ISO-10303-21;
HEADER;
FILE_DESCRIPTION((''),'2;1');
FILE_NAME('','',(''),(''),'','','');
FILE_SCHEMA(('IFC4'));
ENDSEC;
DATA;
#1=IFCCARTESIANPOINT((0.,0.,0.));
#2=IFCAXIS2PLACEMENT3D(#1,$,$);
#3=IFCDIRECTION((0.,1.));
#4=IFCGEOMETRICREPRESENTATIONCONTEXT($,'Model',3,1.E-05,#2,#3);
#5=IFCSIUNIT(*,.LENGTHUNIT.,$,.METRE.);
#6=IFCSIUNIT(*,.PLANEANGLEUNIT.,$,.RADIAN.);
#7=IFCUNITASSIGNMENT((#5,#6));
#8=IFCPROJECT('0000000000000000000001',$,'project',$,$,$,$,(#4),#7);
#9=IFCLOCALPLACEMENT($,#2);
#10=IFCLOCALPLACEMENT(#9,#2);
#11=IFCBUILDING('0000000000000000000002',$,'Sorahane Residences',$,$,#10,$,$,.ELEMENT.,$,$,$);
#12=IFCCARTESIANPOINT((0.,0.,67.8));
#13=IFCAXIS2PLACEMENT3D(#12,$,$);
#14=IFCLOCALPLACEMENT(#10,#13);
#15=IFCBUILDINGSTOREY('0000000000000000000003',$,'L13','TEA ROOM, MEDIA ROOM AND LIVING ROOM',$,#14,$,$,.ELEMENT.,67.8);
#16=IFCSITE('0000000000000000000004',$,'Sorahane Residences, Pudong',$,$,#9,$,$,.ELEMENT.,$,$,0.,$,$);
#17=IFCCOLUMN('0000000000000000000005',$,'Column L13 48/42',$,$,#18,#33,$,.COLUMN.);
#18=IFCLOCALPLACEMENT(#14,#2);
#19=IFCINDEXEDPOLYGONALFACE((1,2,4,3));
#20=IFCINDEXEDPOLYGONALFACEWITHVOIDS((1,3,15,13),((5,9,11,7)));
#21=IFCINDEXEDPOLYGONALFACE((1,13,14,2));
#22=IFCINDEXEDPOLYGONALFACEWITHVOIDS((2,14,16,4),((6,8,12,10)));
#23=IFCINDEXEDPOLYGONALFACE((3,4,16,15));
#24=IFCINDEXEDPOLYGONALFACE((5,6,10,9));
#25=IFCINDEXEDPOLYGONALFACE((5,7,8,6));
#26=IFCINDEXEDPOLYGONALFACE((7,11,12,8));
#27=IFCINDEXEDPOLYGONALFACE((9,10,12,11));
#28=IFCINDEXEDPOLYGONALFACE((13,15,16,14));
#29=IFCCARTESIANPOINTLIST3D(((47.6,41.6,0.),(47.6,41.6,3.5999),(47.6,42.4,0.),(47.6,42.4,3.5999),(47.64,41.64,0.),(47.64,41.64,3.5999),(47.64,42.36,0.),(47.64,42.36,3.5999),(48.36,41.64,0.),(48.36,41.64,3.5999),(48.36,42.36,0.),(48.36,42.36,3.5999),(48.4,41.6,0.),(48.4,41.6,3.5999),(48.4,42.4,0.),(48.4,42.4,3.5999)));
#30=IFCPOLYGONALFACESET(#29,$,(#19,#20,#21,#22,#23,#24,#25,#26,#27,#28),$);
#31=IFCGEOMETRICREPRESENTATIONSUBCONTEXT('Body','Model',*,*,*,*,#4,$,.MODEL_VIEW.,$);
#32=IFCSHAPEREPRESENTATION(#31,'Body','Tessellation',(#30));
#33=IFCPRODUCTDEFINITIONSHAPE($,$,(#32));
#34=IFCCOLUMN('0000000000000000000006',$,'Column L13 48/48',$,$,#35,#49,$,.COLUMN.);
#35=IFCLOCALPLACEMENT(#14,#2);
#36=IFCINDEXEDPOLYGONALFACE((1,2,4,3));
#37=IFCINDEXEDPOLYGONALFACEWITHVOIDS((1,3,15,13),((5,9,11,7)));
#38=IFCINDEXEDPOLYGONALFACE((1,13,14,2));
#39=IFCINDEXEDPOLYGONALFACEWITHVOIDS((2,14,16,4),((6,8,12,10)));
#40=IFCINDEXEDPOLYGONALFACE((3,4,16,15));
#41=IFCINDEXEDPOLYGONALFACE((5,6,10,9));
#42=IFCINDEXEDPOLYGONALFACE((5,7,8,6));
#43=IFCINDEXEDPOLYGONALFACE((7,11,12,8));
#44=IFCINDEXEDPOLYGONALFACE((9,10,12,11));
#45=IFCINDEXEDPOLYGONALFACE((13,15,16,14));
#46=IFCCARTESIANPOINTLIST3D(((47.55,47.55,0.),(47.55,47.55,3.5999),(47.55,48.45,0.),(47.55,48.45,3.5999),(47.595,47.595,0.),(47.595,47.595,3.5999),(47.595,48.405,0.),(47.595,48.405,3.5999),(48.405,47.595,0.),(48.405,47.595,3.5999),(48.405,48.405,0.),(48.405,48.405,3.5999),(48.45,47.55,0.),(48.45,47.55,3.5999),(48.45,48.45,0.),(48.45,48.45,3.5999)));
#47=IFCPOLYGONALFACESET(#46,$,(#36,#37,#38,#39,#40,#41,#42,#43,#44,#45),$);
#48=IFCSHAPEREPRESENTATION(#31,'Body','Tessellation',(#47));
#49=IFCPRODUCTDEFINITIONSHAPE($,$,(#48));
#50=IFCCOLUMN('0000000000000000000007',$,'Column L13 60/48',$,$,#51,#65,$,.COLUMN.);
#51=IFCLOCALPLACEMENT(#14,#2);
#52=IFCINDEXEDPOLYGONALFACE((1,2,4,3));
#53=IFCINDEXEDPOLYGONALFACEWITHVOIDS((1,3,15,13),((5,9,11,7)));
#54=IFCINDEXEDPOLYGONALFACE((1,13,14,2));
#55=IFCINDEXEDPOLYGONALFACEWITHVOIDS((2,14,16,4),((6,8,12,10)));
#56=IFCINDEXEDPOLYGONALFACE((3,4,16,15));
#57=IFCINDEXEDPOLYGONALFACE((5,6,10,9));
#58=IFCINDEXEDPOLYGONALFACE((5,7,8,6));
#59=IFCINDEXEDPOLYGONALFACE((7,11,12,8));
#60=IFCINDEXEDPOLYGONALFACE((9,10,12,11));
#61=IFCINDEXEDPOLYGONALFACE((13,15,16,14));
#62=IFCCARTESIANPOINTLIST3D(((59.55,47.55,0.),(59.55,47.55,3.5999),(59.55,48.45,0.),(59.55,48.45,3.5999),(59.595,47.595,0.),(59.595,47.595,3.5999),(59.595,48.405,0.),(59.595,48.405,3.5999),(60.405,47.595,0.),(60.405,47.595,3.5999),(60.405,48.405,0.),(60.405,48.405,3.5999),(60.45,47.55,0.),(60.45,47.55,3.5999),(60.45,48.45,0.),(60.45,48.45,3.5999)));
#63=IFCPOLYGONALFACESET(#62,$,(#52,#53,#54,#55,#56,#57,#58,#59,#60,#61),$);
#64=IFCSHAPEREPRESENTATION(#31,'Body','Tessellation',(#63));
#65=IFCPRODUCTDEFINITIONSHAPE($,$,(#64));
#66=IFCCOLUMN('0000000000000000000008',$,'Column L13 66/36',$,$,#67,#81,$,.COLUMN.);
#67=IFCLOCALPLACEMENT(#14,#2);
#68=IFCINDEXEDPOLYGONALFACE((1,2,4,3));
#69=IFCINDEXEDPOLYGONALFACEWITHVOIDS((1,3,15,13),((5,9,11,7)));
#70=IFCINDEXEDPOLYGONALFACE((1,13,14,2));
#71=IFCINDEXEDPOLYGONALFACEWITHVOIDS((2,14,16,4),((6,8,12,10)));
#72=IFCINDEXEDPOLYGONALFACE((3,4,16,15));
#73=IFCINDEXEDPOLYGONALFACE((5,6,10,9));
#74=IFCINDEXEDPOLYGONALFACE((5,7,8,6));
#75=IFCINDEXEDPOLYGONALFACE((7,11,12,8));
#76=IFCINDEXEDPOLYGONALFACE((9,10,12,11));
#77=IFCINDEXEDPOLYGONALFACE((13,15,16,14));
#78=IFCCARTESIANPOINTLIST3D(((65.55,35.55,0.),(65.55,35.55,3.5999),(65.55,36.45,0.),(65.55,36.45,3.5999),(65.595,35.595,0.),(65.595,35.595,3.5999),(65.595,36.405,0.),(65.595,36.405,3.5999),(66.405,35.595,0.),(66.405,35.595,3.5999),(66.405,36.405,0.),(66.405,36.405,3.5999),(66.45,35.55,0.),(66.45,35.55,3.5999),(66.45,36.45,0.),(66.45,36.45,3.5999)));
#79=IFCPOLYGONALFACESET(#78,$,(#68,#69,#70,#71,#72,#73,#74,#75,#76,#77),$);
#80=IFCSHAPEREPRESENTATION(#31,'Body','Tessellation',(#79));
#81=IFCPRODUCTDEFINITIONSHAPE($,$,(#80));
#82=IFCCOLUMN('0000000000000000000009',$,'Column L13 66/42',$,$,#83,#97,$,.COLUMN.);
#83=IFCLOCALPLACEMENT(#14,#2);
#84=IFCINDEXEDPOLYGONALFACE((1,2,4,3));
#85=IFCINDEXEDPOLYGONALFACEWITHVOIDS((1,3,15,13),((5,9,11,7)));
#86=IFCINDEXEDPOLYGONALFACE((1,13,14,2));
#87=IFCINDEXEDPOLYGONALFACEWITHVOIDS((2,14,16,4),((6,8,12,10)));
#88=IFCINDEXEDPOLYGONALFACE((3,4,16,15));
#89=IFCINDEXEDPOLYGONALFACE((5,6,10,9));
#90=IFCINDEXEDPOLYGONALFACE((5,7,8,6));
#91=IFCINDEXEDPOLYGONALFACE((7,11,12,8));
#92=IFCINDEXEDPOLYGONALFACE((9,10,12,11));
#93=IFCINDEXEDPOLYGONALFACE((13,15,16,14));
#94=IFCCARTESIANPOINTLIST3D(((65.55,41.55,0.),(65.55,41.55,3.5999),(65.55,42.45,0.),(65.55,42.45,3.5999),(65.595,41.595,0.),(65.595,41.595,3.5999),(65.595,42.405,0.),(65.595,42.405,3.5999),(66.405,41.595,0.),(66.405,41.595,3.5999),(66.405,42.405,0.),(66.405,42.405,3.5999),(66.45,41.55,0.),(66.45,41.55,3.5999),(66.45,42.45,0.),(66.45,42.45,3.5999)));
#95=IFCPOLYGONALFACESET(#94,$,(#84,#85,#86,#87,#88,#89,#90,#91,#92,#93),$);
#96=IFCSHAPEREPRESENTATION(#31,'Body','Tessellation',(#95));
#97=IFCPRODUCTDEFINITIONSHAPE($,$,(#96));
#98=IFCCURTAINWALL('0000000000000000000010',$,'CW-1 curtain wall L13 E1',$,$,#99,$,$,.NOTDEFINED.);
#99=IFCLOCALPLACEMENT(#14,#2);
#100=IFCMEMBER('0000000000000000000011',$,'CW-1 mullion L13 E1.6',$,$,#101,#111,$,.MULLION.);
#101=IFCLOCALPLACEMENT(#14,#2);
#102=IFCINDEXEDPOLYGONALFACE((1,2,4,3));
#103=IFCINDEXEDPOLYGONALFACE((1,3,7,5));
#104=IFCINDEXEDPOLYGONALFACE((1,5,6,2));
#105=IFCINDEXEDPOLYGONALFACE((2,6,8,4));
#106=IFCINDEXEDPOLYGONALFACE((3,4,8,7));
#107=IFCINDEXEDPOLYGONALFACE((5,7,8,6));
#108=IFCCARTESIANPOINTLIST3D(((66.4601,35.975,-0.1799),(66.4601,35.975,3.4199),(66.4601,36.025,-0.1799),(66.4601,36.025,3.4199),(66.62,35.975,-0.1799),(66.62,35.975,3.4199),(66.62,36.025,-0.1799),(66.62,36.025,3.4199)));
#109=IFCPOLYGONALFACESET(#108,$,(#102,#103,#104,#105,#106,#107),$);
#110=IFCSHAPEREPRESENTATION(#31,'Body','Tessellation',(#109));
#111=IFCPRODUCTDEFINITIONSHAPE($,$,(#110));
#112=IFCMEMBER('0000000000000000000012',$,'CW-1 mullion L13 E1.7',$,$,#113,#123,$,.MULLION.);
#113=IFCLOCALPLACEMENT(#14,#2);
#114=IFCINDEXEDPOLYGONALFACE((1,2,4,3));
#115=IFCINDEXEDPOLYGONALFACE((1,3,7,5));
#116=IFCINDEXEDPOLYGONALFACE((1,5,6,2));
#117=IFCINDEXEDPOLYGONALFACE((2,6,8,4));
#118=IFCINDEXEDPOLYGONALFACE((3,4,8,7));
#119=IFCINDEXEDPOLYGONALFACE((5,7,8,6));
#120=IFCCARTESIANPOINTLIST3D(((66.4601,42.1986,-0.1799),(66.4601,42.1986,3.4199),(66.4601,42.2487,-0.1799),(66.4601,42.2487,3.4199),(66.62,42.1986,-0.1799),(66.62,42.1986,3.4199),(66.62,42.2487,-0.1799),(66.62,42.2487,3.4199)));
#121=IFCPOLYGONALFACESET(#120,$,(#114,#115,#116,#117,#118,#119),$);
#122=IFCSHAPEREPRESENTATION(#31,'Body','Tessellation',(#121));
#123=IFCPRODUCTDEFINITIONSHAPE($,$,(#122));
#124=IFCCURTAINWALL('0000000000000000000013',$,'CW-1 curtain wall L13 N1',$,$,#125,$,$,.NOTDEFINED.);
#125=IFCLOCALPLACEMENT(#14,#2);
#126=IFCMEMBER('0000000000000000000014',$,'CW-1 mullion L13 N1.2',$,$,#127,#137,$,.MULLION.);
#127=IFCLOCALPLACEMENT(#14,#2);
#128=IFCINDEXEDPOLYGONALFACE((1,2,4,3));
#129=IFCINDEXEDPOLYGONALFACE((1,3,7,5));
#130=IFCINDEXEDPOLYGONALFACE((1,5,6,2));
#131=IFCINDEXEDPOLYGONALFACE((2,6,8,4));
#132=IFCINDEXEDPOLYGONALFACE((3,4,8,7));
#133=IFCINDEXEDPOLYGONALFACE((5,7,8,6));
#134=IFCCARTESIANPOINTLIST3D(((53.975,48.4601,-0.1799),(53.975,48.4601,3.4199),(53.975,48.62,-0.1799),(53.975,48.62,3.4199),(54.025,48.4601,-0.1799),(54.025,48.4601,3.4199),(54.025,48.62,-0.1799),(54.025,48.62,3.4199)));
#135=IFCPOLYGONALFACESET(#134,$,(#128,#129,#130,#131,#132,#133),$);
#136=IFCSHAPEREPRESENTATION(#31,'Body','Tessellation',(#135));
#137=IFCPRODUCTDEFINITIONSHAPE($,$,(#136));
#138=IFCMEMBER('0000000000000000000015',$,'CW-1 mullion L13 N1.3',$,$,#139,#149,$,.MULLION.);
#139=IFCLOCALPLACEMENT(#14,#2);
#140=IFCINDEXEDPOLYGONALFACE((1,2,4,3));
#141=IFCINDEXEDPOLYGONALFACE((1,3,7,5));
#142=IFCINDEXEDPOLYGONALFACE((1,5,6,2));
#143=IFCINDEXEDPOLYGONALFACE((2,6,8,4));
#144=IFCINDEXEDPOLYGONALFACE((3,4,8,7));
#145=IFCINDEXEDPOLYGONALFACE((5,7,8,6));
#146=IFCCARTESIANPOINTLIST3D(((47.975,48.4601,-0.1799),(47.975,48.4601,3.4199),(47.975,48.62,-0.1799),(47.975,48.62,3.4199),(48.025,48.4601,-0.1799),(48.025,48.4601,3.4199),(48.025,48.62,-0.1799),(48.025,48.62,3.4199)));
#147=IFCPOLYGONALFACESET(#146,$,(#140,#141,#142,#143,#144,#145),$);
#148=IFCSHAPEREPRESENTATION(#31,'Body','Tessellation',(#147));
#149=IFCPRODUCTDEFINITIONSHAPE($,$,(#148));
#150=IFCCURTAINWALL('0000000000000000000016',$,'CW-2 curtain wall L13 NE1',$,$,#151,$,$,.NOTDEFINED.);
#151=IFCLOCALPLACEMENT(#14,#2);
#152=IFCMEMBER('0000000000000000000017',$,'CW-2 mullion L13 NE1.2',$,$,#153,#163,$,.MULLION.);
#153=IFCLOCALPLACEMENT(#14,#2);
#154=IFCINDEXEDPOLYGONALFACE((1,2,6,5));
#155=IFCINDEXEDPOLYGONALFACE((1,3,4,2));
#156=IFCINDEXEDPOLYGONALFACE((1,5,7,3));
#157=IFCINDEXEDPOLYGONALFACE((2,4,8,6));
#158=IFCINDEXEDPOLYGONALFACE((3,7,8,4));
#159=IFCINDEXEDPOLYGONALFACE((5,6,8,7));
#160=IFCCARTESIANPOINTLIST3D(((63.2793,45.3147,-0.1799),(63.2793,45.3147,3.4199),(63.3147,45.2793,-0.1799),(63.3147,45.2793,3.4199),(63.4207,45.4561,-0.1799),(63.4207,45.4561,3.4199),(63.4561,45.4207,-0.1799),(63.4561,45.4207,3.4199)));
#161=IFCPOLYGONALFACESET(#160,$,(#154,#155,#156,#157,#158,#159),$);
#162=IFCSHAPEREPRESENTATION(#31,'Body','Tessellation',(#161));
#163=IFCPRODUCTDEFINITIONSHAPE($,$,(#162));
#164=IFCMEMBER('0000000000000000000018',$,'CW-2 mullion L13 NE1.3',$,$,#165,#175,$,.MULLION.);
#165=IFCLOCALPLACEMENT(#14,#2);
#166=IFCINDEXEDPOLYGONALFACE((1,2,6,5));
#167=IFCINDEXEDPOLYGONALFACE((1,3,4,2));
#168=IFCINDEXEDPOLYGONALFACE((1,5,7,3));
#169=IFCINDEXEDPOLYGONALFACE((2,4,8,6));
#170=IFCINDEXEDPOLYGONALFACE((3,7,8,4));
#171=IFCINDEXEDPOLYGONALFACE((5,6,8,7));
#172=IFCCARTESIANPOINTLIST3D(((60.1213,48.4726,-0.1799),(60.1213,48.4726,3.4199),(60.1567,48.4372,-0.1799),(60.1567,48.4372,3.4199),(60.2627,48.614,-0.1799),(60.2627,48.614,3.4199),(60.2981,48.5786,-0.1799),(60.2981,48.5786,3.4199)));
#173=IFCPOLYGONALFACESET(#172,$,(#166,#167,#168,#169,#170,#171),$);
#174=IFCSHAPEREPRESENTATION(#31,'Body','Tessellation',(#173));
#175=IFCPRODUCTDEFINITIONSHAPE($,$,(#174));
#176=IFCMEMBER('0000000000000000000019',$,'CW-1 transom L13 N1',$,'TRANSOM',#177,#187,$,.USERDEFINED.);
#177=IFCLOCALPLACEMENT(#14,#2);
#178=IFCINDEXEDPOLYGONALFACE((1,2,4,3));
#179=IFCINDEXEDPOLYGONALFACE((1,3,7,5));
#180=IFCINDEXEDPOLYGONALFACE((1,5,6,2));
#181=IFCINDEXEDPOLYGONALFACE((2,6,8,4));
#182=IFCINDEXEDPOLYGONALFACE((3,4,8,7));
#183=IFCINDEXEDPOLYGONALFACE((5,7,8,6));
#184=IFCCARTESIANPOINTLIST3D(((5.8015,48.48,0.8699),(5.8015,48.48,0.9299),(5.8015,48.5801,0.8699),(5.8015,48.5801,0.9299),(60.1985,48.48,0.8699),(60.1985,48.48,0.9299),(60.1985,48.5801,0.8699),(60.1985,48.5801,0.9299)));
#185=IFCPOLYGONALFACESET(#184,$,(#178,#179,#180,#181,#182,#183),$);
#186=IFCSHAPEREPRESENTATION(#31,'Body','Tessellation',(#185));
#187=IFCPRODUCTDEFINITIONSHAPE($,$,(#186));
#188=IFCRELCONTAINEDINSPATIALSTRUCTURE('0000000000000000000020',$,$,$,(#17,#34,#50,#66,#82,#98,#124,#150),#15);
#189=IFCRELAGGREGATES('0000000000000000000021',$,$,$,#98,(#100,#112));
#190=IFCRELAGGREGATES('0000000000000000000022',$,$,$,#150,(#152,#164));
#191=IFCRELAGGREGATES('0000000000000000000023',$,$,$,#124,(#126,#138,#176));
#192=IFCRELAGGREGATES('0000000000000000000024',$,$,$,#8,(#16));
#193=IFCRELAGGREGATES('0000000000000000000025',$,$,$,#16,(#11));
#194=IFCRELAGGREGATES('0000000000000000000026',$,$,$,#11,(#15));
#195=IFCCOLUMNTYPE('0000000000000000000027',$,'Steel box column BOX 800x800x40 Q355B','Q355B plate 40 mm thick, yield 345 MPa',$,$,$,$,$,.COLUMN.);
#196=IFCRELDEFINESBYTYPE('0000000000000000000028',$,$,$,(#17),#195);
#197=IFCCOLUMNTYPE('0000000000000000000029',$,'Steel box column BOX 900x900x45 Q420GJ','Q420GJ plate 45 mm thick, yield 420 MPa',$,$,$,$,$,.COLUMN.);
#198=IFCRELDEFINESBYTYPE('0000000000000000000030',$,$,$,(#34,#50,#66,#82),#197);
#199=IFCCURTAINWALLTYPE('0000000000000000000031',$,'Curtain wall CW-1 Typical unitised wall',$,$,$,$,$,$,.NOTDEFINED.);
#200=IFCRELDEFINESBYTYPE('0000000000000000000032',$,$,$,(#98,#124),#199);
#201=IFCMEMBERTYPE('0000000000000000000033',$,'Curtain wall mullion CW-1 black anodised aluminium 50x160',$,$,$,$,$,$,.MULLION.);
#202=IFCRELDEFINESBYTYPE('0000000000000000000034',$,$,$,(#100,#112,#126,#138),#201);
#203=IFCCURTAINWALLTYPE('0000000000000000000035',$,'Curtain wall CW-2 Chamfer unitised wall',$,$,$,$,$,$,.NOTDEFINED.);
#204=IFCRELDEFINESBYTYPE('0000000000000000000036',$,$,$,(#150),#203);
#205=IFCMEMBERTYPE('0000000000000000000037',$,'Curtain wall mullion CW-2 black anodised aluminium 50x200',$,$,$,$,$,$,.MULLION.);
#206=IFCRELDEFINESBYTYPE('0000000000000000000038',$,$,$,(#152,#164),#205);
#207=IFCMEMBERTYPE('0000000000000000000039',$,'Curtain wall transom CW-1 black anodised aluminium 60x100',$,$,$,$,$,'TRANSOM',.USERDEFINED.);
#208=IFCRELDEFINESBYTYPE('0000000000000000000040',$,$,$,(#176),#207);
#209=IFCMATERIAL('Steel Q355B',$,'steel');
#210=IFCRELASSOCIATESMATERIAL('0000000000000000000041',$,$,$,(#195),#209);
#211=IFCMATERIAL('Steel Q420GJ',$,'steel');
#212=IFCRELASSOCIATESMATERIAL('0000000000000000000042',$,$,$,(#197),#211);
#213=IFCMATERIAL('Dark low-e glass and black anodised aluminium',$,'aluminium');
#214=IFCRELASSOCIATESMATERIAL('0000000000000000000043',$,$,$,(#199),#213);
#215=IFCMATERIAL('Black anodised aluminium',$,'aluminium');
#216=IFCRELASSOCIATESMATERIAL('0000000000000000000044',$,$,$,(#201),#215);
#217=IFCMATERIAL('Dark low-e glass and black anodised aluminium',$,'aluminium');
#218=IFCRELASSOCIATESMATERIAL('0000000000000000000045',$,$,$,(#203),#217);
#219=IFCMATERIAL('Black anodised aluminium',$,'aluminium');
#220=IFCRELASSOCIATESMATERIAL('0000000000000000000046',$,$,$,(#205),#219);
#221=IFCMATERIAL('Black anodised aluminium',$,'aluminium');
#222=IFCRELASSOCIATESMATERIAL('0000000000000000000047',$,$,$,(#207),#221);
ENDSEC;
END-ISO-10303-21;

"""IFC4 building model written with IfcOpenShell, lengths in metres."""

from ifc_helpers import new_model, si_unit, direction, frame, origin, origin_2d, place, context, subcontext, project, spatial, rectangle, hollow_rectangle, extrude, material, material_profile, profile_set, type_object, element, aggregate, save


model = new_model("IFC4")

# Units and contexts
model_context = context("Model", 3, precision=1e-05, world=origin(), true_north=direction((0.0, 1.0)))
body_context = subcontext(model_context, "Body", "Model", "MODEL_VIEW")
ifc_project = project(units=[si_unit("LENGTHUNIT", "METRE"), si_unit("PLANEANGLEUNIT", "RADIAN")], contexts=[model_context])

# Site, building, storey
site_placement = place(None, origin())
site = spatial("IfcSite", under=ifc_project, at=site_placement, Name="Sorahane Residences, Pudong", CompositionType="ELEMENT", RefElevation=0.0)
building_placement = place(site_placement, origin())
building = spatial("IfcBuilding", under=site, at=building_placement, Name="Sorahane Residences", CompositionType="ELEMENT")
storey_placement = place(building_placement, frame((0.0, 0.0, 67.8)))
storey = spatial("IfcBuildingStorey", under=building, at=storey_placement, Name="L13", Description="TEA ROOM, MEDIA ROOM AND LIVING ROOM", CompositionType="ELEMENT", Elevation=67.8)

# Columns
ifc_material_1 = material(Name="Steel Q355B", Category="steel")
ifc_material_profile_1 = material_profile(ifc_material_1, hollow_rectangle(XDim=0.8, YDim=0.8, WallThickness=0.04, at=origin_2d()), Name="BOX 800x800x40")
ifc_profile_set_1 = profile_set([ifc_material_profile_1], Name="Steel Q355B")
column_type_1 = type_object("IfcColumnType", Name="Steel box column BOX 800x800x40 Q355B", Description="Q355B plate 40 mm thick, yield 345 MPa", PredefinedType="COLUMN", material=ifc_profile_set_1)
column_placement = place(storey_placement, frame((48.0, 42.0, 0.0), z_axis=(0.0, 0.0, 1.0), x_axis=(1.0, 0.0, 0.0)))
element("IfcColumn", 1, at=column_placement, inside=storey, type_object=column_type_1, Name="Column L13 48/42", PredefinedType="COLUMN", context=body_context, shape_type="SweptSolid", body=[
    extrude(hollow_rectangle(XDim=0.8, YDim=0.8, WallThickness=0.04, at=origin_2d()), origin(), (0.0, 0.0, 1.0), 3.5999),
])
ifc_material_2 = material(Name="Steel Q420GJ", Category="steel")
ifc_material_profile_2 = material_profile(ifc_material_2, hollow_rectangle(XDim=0.8999, YDim=0.8999, WallThickness=0.0449, at=origin_2d()), Name="BOX 900x900x45")
ifc_profile_set_2 = profile_set([ifc_material_profile_2], Name="Steel Q420GJ")
column_type_2 = type_object("IfcColumnType", Name="Steel box column BOX 900x900x45 Q420GJ", Description="Q420GJ plate 45 mm thick, yield 420 MPa", PredefinedType="COLUMN", material=ifc_profile_set_2)
for number, where, z_axis, x_axis, name in (
    (2, (48.0, 48.0, 0.0), (0.0, 0.0, 1.0), (1.0, 0.0, 0.0), "Column L13 48/48"),
    (3, (60.0, 48.0, 0.0), (0.0, 0.0, 1.0), (1.0, 0.0, 0.0), "Column L13 60/48"),
    (4, (66.0, 36.0, 0.0), (0.0, 0.0, 1.0), (1.0, 0.0, 0.0), "Column L13 66/36"),
    (5, (66.0, 42.0, 0.0), (0.0, 0.0, 1.0), (1.0, 0.0, 0.0), "Column L13 66/42"),
):
    element("IfcColumn", number, at=place(storey_placement, frame(where, z_axis=z_axis, x_axis=x_axis)), inside=storey, type_object=column_type_2, Name=name, PredefinedType="COLUMN", context=body_context, shape_type="SweptSolid", body=[
        extrude(hollow_rectangle(XDim=0.8999, YDim=0.8999, WallThickness=0.0449, at=origin_2d()), origin(), (0.0, 0.0, 1.0), 3.5999),
    ])

# Curtain walls, members
ifc_material_3 = material(Name="Dark low-e glass and black anodised aluminium", Category="aluminium")
curtain_wall_type_1 = type_object("IfcCurtainWallType", Name="Curtain wall CW-1 Typical unitised wall", PredefinedType="NOTDEFINED", material=ifc_material_3)
curtain_wall_1_placement = place(storey_placement, origin())
curtain_wall_1 = element("IfcCurtainWall", 6, at=curtain_wall_1_placement, inside=storey, type_object=curtain_wall_type_1, Name="CW-1 curtain wall L13 E1", PredefinedType="NOTDEFINED")
ifc_material_4 = material(Name="Black anodised aluminium", Category="aluminium")
ifc_material_profile_3 = material_profile(ifc_material_4, rectangle(XDim=0.1599, YDim=0.05, at=origin_2d()), Name="Curtain wall mullion CW-1 black anodised aluminium 50x160")
ifc_profile_set_3 = profile_set([ifc_material_profile_3], Name="Black anodised aluminium")
member_type_1 = type_object("IfcMemberType", Name="Curtain wall mullion CW-1 black anodised aluminium 50x160", PredefinedType="MULLION", material=ifc_profile_set_3)
member_1_placement = place(storey_placement, frame((66.54, 36.0, -0.1799), z_axis=(0.0, 0.0, 1.0), x_axis=(1.0, 0.0, 0.0)))
member_1 = element("IfcMember", 7, at=member_1_placement, type_object=member_type_1, Name="CW-1 mullion L13 E1.6", PredefinedType="MULLION", context=body_context, shape_type="SweptSolid", body=[
    extrude(rectangle(XDim=0.1599, YDim=0.05, at=origin_2d()), origin(), (0.0, 0.0, 1.0), 3.5999),
])
member_2_placement = place(storey_placement, frame((66.54, 42.2236, -0.1799), z_axis=(0.0, 0.0, 1.0), x_axis=(1.0, 0.0, 0.0)))
member_2 = element("IfcMember", 8, at=member_2_placement, type_object=member_type_1, Name="CW-1 mullion L13 E1.7", PredefinedType="MULLION", context=body_context, shape_type="SweptSolid", body=[
    extrude(rectangle(XDim=0.1599, YDim=0.05, at=origin_2d()), origin(), (0.0, 0.0, 1.0), 3.5999),
])
curtain_wall_2_placement = place(storey_placement, origin())
curtain_wall_2 = element("IfcCurtainWall", 9, at=curtain_wall_2_placement, inside=storey, type_object=curtain_wall_type_1, Name="CW-1 curtain wall L13 N1", PredefinedType="NOTDEFINED")
member_3_placement = place(storey_placement, frame((54.0, 48.54, -0.1799), z_axis=(0.0, 0.0, 1.0), x_axis=(0.0, 1.0, 0.0)))
member_3 = element("IfcMember", 10, at=member_3_placement, type_object=member_type_1, Name="CW-1 mullion L13 N1.2", PredefinedType="MULLION", context=body_context, shape_type="SweptSolid", body=[
    extrude(rectangle(XDim=0.1599, YDim=0.05, at=origin_2d()), origin(), (0.0, 0.0, 1.0), 3.5999),
])
member_4_placement = place(storey_placement, frame((48.0, 48.54, -0.1799), z_axis=(0.0, 0.0, 1.0), x_axis=(0.0, 1.0, 0.0)))
member_4 = element("IfcMember", 11, at=member_4_placement, type_object=member_type_1, Name="CW-1 mullion L13 N1.3", PredefinedType="MULLION", context=body_context, shape_type="SweptSolid", body=[
    extrude(rectangle(XDim=0.1599, YDim=0.05, at=origin_2d()), origin(), (0.0, 0.0, 1.0), 3.5999),
])
ifc_material_5 = material(Name="Dark low-e glass and black anodised aluminium", Category="aluminium")
curtain_wall_type_2 = type_object("IfcCurtainWallType", Name="Curtain wall CW-2 Chamfer unitised wall", PredefinedType="NOTDEFINED", material=ifc_material_5)
curtain_wall_3_placement = place(storey_placement, origin())
curtain_wall_3 = element("IfcCurtainWall", 12, at=curtain_wall_3_placement, inside=storey, type_object=curtain_wall_type_2, Name="CW-2 curtain wall L13 NE1", PredefinedType="NOTDEFINED")
ifc_material_6 = material(Name="Black anodised aluminium", Category="aluminium")
ifc_material_profile_4 = material_profile(ifc_material_6, rectangle(XDim=0.2, YDim=0.05, at=origin_2d()), Name="Curtain wall mullion CW-2 black anodised aluminium 50x200")
ifc_profile_set_4 = profile_set([ifc_material_profile_4], Name="Black anodised aluminium")
member_type_2 = type_object("IfcMemberType", Name="Curtain wall mullion CW-2 black anodised aluminium 50x200", PredefinedType="MULLION", material=ifc_profile_set_4)
member_5_placement = place(storey_placement, frame((63.3677, 45.3677, -0.1799), z_axis=(0.0, 0.0, 1.0), x_axis=(0.707107, 0.707107, 0.0)))
member_5 = element("IfcMember", 13, at=member_5_placement, type_object=member_type_2, Name="CW-2 mullion L13 NE1.2", PredefinedType="MULLION", context=body_context, shape_type="SweptSolid", body=[
    extrude(rectangle(XDim=0.2, YDim=0.05, at=origin_2d()), origin(), (0.0, 0.0, 1.0), 3.5999),
])
member_6_placement = place(storey_placement, frame((60.2097, 48.5256, -0.1799), z_axis=(0.0, 0.0, 1.0), x_axis=(0.707107, 0.707107, 0.0)))
member_6 = element("IfcMember", 14, at=member_6_placement, type_object=member_type_2, Name="CW-2 mullion L13 NE1.3", PredefinedType="MULLION", context=body_context, shape_type="SweptSolid", body=[
    extrude(rectangle(XDim=0.2, YDim=0.05, at=origin_2d()), origin(), (0.0, 0.0, 1.0), 3.5999),
])

# Member
ifc_material_7 = material(Name="Black anodised aluminium", Category="aluminium")
ifc_material_profile_5 = material_profile(ifc_material_7, rectangle(XDim=0.1001, YDim=0.0601, at=origin_2d()), Name="Curtain wall transom CW-1 black anodised aluminium 60x100")
ifc_profile_set_5 = profile_set([ifc_material_profile_5], Name="Black anodised aluminium")
member_type_3 = type_object("IfcMemberType", Name="Curtain wall transom CW-1 black anodised aluminium 60x100", ElementType="TRANSOM", PredefinedType="USERDEFINED", material=ifc_profile_set_5)
member_7_placement = place(storey_placement, frame((60.1985, 48.53, 0.8999), z_axis=(-1.0, 0.0, 0.0), x_axis=(0.0, -1.0, 0.0)))
member_7 = element("IfcMember", 15, at=member_7_placement, type_object=member_type_3, Name="CW-1 transom L13 N1", ObjectType="TRANSOM", PredefinedType="USERDEFINED", context=body_context, shape_type="SweptSolid", body=[
    extrude(rectangle(XDim=0.1001, YDim=0.0601, at=origin_2d()), origin(), (0.0, 0.0, 1.0), 54.397),
])

aggregate(curtain_wall_1, [member_1, member_2])
aggregate(curtain_wall_3, [member_5, member_6])
aggregate(curtain_wall_2, [member_3, member_4, member_7])

save(model, "model.ifc")
